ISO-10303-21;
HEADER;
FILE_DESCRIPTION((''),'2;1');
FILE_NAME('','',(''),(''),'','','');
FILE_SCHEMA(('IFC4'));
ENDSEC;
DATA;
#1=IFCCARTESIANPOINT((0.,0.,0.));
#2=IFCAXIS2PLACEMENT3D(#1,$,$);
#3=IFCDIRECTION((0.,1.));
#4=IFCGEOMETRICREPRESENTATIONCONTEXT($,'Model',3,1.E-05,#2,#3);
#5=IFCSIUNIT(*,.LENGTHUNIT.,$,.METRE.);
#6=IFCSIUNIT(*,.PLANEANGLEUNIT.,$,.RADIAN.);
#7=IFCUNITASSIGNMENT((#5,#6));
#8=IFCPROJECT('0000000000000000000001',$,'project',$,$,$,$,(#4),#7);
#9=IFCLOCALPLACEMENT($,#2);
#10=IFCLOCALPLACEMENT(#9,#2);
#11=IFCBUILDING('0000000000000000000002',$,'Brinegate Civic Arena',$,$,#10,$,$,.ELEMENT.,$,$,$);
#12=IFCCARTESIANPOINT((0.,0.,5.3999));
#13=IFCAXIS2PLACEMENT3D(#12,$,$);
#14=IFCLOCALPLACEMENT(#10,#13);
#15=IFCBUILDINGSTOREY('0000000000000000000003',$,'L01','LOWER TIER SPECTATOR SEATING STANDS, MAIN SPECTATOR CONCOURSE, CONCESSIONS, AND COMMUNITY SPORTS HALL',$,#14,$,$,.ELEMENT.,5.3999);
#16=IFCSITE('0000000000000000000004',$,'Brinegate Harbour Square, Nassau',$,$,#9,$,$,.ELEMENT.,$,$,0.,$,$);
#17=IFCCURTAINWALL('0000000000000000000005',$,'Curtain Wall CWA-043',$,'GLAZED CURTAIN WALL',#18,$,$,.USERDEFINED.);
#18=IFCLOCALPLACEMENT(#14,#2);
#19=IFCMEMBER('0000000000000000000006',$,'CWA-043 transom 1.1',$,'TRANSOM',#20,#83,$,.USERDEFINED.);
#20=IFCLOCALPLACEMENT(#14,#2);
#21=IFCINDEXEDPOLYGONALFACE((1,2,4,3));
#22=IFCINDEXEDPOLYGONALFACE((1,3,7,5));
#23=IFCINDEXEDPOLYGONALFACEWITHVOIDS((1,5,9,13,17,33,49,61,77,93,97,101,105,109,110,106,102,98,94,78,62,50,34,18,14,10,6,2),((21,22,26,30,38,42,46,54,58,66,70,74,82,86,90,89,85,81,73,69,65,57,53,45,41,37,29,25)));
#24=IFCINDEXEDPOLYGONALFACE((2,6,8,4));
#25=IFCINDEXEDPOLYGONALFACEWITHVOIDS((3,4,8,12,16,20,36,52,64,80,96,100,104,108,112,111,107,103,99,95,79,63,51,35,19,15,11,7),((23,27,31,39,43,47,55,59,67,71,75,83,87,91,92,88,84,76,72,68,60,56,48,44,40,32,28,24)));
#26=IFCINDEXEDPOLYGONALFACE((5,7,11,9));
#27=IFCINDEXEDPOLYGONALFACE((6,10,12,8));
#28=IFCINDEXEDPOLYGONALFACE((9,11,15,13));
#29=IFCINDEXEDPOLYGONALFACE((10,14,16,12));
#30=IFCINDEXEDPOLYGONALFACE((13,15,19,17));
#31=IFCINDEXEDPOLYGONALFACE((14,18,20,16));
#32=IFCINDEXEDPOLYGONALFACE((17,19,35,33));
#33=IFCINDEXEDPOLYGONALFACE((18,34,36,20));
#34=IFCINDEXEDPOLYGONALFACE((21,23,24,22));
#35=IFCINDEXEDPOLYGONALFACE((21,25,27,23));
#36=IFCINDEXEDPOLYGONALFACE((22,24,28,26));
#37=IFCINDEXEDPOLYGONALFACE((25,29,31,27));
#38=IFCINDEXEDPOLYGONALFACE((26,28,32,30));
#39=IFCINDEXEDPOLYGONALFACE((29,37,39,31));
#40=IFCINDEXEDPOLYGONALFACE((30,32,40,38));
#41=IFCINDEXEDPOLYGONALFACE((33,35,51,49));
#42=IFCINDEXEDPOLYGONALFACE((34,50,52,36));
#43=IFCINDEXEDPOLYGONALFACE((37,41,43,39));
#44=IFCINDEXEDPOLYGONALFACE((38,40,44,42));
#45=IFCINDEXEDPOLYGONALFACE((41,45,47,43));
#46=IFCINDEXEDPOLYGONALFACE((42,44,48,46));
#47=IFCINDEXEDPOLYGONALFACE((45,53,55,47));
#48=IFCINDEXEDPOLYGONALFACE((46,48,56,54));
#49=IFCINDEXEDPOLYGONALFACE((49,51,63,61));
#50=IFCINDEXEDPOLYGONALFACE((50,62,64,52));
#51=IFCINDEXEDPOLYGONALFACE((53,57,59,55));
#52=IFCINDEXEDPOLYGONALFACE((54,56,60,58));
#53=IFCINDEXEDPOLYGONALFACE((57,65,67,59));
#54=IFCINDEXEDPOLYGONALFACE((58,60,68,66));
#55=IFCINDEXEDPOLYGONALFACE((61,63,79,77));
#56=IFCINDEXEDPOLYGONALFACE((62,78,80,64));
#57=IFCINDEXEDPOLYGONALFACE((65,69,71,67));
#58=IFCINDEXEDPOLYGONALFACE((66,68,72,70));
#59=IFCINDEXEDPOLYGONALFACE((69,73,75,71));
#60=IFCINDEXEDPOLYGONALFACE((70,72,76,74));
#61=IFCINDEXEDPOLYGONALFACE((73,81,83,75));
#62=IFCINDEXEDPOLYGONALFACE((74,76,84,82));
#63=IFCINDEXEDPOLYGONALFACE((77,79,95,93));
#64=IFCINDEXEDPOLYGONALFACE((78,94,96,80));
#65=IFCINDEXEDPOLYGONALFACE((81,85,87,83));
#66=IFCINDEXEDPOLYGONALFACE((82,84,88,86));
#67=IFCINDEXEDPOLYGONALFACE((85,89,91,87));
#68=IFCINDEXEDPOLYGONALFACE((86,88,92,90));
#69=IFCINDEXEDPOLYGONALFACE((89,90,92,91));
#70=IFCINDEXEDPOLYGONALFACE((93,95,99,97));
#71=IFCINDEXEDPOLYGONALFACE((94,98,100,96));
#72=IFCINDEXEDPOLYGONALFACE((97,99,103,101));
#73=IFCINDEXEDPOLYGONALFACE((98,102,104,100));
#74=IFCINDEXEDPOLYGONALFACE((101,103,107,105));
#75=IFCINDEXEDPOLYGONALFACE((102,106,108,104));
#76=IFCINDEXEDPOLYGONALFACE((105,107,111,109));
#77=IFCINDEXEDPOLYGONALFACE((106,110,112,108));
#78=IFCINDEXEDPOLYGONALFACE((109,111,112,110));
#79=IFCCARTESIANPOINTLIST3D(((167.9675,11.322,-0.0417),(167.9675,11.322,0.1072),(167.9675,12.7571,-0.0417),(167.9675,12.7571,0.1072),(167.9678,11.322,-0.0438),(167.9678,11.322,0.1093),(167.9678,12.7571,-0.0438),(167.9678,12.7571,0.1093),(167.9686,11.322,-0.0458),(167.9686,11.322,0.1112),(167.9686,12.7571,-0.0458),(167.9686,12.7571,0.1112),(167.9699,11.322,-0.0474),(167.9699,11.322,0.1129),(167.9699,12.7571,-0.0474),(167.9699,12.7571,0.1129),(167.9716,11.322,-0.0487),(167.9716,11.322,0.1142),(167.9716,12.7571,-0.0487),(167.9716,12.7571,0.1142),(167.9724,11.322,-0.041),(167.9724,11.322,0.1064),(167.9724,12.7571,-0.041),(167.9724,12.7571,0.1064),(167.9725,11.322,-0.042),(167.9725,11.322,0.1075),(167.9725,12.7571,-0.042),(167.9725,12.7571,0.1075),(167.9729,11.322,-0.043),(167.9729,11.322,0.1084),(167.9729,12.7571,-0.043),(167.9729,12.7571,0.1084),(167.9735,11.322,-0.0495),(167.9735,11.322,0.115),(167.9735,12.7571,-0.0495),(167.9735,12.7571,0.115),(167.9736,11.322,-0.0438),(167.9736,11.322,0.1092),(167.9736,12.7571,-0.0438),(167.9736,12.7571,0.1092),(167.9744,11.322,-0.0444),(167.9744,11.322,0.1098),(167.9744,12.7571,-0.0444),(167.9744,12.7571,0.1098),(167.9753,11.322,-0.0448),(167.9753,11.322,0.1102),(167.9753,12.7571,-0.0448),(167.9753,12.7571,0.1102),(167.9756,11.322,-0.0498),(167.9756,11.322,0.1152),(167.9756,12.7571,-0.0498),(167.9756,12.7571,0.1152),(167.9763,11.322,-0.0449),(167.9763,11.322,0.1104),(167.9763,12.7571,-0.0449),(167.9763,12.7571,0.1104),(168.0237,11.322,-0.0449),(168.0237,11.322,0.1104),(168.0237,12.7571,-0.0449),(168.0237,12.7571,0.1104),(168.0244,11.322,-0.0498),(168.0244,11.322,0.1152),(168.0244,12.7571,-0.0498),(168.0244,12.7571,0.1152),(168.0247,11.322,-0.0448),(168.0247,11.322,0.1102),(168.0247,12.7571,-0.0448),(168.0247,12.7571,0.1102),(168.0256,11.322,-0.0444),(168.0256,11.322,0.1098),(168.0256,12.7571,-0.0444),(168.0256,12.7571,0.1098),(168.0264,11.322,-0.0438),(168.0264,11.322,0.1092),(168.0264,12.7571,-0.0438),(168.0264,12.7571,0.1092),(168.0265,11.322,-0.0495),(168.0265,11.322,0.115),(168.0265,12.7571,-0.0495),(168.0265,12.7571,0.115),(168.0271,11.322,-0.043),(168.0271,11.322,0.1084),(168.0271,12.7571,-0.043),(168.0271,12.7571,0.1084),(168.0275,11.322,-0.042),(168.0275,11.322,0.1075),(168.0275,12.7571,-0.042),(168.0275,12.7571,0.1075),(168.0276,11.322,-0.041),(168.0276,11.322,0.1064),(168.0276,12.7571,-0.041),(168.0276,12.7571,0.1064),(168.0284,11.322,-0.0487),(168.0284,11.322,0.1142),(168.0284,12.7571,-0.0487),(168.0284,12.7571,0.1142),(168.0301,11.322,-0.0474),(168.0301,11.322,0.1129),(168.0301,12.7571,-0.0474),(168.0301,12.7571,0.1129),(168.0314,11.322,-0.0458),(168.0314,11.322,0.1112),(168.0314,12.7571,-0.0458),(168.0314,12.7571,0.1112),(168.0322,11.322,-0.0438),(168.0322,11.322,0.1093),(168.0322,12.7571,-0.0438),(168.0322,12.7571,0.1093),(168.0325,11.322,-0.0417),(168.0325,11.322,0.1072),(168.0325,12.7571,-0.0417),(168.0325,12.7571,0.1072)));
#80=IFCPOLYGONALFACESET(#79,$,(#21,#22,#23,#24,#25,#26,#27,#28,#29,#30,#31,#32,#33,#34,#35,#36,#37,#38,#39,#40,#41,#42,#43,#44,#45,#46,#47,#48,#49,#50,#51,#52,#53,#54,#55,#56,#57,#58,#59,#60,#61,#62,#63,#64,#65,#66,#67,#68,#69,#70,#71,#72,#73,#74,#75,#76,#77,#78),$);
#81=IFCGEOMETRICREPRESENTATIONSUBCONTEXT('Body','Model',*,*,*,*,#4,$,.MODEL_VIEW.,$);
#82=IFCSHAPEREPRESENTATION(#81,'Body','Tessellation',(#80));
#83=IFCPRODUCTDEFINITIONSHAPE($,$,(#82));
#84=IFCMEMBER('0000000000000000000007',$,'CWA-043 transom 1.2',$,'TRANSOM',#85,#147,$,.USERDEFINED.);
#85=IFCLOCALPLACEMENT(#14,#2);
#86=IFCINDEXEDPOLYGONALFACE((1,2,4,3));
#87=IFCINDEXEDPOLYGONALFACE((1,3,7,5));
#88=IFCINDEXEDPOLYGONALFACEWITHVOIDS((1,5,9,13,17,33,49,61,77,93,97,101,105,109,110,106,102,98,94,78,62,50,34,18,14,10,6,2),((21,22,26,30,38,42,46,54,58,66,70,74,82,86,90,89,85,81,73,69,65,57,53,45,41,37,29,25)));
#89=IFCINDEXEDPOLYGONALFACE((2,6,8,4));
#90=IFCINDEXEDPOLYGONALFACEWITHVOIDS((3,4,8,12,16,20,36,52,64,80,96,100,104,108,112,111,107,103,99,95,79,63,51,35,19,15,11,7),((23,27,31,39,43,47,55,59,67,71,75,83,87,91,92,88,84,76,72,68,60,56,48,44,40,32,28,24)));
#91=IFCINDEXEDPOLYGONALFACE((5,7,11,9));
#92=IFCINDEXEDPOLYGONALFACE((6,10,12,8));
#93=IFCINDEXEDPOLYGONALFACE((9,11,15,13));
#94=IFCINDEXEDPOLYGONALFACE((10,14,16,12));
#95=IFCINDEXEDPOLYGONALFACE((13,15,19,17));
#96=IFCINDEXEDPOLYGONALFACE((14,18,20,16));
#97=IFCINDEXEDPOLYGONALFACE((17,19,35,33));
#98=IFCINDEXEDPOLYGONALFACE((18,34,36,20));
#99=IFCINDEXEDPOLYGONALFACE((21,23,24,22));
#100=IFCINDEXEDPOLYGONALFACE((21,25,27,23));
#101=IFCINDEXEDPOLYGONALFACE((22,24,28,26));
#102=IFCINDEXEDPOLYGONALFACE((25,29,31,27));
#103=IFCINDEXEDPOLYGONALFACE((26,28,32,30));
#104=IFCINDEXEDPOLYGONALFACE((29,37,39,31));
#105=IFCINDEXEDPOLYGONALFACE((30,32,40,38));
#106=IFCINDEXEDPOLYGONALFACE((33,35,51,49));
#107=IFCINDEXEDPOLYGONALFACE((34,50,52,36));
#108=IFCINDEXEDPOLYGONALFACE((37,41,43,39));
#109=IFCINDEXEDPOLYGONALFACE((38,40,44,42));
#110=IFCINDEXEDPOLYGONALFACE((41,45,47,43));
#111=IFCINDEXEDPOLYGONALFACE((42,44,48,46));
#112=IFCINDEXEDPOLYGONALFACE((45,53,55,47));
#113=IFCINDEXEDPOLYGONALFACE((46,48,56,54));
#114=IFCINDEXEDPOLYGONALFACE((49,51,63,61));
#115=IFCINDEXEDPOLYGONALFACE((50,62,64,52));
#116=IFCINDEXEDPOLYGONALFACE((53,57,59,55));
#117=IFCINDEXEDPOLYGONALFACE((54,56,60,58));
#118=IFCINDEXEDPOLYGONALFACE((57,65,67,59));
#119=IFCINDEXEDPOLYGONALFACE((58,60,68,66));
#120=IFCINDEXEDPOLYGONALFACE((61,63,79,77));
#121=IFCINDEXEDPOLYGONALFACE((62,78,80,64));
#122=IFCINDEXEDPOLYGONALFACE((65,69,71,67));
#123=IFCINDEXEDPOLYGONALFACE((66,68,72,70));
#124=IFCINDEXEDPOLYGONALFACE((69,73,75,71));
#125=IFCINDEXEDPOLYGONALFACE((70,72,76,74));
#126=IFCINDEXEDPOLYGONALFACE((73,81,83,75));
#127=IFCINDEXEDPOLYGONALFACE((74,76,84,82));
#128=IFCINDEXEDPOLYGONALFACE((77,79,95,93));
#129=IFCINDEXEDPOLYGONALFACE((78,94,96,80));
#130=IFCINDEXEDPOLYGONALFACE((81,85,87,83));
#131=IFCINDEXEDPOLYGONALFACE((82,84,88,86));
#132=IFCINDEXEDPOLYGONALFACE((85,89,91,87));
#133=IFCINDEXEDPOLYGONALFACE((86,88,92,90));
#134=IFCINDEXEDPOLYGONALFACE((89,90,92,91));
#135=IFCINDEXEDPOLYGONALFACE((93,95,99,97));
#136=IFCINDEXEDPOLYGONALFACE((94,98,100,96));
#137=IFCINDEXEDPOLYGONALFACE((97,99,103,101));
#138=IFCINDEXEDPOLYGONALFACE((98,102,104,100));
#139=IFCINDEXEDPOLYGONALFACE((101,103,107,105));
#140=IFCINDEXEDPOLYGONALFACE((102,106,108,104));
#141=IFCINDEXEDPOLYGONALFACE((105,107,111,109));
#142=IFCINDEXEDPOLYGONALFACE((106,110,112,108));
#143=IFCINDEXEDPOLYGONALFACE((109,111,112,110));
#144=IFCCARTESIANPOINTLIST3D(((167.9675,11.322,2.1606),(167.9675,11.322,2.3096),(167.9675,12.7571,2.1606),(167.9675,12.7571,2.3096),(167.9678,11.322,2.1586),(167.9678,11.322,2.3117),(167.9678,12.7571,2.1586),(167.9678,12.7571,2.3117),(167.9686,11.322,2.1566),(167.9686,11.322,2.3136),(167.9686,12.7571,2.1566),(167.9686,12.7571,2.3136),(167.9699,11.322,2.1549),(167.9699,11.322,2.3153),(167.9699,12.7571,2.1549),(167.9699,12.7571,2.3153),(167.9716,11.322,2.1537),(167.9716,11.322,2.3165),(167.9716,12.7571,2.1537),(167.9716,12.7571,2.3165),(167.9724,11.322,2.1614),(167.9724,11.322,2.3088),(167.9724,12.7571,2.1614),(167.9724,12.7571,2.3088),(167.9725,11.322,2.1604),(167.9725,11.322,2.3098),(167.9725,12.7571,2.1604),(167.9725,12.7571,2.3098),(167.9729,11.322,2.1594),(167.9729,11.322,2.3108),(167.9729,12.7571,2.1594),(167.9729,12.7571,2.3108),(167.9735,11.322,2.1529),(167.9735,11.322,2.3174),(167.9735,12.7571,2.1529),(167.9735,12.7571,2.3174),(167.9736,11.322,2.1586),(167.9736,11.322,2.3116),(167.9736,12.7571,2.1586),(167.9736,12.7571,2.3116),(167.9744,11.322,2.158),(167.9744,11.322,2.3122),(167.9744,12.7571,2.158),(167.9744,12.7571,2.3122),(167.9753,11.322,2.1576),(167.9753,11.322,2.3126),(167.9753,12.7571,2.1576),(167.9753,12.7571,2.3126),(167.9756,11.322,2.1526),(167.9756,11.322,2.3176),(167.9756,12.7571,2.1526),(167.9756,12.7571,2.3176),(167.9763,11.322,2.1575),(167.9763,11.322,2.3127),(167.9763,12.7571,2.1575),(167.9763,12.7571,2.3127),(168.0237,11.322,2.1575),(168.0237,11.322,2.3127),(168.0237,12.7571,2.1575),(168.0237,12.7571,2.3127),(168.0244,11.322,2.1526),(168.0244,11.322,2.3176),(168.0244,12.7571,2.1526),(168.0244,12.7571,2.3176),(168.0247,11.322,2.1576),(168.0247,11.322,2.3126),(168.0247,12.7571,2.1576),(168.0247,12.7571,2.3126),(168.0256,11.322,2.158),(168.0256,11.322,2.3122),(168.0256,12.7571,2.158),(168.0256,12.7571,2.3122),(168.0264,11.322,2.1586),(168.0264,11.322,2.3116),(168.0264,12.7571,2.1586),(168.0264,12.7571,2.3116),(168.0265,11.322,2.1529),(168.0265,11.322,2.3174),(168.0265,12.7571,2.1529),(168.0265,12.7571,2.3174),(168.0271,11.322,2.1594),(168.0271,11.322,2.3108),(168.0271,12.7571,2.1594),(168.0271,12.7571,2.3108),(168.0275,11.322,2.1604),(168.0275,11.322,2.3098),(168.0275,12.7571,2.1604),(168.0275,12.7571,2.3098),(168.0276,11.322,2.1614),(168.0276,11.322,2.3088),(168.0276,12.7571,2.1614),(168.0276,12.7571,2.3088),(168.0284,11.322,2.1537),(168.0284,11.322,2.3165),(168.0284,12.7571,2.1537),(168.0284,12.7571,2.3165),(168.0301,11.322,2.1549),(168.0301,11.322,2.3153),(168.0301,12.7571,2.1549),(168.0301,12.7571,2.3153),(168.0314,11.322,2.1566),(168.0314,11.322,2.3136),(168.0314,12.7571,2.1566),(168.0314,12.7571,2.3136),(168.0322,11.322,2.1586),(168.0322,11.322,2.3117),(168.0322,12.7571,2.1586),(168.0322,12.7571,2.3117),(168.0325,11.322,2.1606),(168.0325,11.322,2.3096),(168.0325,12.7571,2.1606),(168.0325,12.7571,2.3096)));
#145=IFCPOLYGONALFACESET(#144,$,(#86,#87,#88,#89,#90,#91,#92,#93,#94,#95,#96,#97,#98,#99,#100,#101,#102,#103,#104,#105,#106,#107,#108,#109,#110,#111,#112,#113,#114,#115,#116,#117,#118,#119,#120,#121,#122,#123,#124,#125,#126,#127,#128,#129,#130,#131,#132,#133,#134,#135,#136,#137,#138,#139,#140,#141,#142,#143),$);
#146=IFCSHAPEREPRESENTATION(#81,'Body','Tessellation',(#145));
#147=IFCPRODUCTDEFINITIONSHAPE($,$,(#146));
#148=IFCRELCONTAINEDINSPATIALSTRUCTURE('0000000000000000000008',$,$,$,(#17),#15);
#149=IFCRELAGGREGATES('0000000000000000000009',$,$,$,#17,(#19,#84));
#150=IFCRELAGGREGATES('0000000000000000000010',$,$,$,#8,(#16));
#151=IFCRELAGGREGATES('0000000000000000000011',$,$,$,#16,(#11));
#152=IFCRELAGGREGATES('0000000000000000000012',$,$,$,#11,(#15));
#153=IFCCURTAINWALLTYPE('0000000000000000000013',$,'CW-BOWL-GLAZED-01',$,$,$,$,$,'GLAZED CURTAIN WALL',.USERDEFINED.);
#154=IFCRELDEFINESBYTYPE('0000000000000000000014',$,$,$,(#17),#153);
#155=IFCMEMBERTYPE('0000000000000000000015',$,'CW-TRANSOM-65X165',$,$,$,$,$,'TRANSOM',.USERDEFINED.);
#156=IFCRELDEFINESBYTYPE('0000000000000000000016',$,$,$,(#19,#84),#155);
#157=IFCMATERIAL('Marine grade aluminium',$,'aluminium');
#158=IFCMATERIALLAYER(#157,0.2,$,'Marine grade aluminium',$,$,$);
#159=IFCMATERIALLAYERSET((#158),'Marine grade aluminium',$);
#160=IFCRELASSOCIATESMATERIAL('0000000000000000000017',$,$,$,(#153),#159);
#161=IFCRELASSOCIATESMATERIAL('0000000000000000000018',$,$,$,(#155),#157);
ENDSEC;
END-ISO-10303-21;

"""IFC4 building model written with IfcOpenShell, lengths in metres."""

from ifc_helpers import new_model, si_unit, direction, frame, origin, origin_2d, place, context, subcontext, project, spatial, hollow_rectangle, extrude, material, layer, layer_set, material_profile, profile_set, type_object, element, aggregate, save


model = new_model("IFC4")

# Units and contexts
model_context = context("Model", 3, precision=1e-05, world=origin(), true_north=direction((0.0, 1.0)))
body_context = subcontext(model_context, "Body", "Model", "MODEL_VIEW")
ifc_project = project(units=[si_unit("LENGTHUNIT", "METRE"), si_unit("PLANEANGLEUNIT", "RADIAN")], contexts=[model_context])

# Site, building, storey
site_placement = place(None, origin())
site = spatial("IfcSite", under=ifc_project, at=site_placement, Name="Brinegate Harbour Square, Nassau", CompositionType="ELEMENT", RefElevation=0.0)
building_placement = place(site_placement, origin())
building = spatial("IfcBuilding", under=site, at=building_placement, Name="Brinegate Civic Arena", CompositionType="ELEMENT")
storey_placement = place(building_placement, frame((0.0, 0.0, 5.3999)))
storey = spatial("IfcBuildingStorey", under=building, at=storey_placement, Name="L01", Description="LOWER TIER SPECTATOR SEATING STANDS, MAIN SPECTATOR CONCOURSE, CONCESSIONS, AND COMMUNITY SPORTS HALL", CompositionType="ELEMENT", Elevation=5.3999)

# Curtain wall, members
ifc_material_1 = material(Name="Marine grade aluminium", Category="aluminium")
ifc_layer_1 = layer(ifc_material_1, 0.2, Name="Marine grade aluminium")
ifc_layer_set_1 = layer_set([ifc_layer_1], Name="Marine grade aluminium")
curtain_wall_type = type_object("IfcCurtainWallType", Name="CW-BOWL-GLAZED-01", ElementType="GLAZED CURTAIN WALL", PredefinedType="USERDEFINED", material=ifc_layer_set_1)
curtain_wall_placement = place(storey_placement, origin())
curtain_wall = element("IfcCurtainWall", 1, at=curtain_wall_placement, inside=storey, type_object=curtain_wall_type, Name="Curtain Wall CWA-043", ObjectType="GLAZED CURTAIN WALL", PredefinedType="USERDEFINED")
ifc_material_profile_1 = material_profile(ifc_material_1, hollow_rectangle(XDim=0.0649, YDim=0.165, WallThickness=0.0049, InnerFilletRadius=0.0039, OuterFilletRadius=0.0081, at=origin_2d()), Name="TRN65X165")
ifc_profile_set_1 = profile_set([ifc_material_profile_1], Name="Marine grade aluminium")
member_type_1 = type_object("IfcMemberType", Name="CW-TRANSOM-65X165", ElementType="TRANSOM", PredefinedType="USERDEFINED", material=ifc_profile_set_1)
member_1_placement = place(storey_placement, frame((168.0, 11.322, 0.0327), z_axis=(0.0, 1.0, 0.0), x_axis=(-1.0, 0.0, 0.0)))
member_1 = element("IfcMember", 2, at=member_1_placement, type_object=member_type_1, Name="CWA-043 transom 1.1", ObjectType="TRANSOM", PredefinedType="USERDEFINED", context=body_context, shape_type="SweptSolid", body=[
    extrude(hollow_rectangle(XDim=0.0649, YDim=0.165, WallThickness=0.0049, InnerFilletRadius=0.0039, OuterFilletRadius=0.0081, at=origin_2d()), origin(), (0.0, 0.0, 1.0), 1.4351),
])
member_2_placement = place(storey_placement, frame((168.0, 11.322, 2.2351), z_axis=(0.0, 1.0, 0.0), x_axis=(-1.0, 0.0, 0.0)))
member_2 = element("IfcMember", 3, at=member_2_placement, type_object=member_type_1, Name="CWA-043 transom 1.2", ObjectType="TRANSOM", PredefinedType="USERDEFINED", context=body_context, shape_type="SweptSolid", body=[
    extrude(hollow_rectangle(XDim=0.0649, YDim=0.165, WallThickness=0.0049, InnerFilletRadius=0.0039, OuterFilletRadius=0.0081, at=origin_2d()), origin(), (0.0, 0.0, 1.0), 1.4351),
])

aggregate(curtain_wall, [member_1, member_2])

save(model, "model.ifc")
